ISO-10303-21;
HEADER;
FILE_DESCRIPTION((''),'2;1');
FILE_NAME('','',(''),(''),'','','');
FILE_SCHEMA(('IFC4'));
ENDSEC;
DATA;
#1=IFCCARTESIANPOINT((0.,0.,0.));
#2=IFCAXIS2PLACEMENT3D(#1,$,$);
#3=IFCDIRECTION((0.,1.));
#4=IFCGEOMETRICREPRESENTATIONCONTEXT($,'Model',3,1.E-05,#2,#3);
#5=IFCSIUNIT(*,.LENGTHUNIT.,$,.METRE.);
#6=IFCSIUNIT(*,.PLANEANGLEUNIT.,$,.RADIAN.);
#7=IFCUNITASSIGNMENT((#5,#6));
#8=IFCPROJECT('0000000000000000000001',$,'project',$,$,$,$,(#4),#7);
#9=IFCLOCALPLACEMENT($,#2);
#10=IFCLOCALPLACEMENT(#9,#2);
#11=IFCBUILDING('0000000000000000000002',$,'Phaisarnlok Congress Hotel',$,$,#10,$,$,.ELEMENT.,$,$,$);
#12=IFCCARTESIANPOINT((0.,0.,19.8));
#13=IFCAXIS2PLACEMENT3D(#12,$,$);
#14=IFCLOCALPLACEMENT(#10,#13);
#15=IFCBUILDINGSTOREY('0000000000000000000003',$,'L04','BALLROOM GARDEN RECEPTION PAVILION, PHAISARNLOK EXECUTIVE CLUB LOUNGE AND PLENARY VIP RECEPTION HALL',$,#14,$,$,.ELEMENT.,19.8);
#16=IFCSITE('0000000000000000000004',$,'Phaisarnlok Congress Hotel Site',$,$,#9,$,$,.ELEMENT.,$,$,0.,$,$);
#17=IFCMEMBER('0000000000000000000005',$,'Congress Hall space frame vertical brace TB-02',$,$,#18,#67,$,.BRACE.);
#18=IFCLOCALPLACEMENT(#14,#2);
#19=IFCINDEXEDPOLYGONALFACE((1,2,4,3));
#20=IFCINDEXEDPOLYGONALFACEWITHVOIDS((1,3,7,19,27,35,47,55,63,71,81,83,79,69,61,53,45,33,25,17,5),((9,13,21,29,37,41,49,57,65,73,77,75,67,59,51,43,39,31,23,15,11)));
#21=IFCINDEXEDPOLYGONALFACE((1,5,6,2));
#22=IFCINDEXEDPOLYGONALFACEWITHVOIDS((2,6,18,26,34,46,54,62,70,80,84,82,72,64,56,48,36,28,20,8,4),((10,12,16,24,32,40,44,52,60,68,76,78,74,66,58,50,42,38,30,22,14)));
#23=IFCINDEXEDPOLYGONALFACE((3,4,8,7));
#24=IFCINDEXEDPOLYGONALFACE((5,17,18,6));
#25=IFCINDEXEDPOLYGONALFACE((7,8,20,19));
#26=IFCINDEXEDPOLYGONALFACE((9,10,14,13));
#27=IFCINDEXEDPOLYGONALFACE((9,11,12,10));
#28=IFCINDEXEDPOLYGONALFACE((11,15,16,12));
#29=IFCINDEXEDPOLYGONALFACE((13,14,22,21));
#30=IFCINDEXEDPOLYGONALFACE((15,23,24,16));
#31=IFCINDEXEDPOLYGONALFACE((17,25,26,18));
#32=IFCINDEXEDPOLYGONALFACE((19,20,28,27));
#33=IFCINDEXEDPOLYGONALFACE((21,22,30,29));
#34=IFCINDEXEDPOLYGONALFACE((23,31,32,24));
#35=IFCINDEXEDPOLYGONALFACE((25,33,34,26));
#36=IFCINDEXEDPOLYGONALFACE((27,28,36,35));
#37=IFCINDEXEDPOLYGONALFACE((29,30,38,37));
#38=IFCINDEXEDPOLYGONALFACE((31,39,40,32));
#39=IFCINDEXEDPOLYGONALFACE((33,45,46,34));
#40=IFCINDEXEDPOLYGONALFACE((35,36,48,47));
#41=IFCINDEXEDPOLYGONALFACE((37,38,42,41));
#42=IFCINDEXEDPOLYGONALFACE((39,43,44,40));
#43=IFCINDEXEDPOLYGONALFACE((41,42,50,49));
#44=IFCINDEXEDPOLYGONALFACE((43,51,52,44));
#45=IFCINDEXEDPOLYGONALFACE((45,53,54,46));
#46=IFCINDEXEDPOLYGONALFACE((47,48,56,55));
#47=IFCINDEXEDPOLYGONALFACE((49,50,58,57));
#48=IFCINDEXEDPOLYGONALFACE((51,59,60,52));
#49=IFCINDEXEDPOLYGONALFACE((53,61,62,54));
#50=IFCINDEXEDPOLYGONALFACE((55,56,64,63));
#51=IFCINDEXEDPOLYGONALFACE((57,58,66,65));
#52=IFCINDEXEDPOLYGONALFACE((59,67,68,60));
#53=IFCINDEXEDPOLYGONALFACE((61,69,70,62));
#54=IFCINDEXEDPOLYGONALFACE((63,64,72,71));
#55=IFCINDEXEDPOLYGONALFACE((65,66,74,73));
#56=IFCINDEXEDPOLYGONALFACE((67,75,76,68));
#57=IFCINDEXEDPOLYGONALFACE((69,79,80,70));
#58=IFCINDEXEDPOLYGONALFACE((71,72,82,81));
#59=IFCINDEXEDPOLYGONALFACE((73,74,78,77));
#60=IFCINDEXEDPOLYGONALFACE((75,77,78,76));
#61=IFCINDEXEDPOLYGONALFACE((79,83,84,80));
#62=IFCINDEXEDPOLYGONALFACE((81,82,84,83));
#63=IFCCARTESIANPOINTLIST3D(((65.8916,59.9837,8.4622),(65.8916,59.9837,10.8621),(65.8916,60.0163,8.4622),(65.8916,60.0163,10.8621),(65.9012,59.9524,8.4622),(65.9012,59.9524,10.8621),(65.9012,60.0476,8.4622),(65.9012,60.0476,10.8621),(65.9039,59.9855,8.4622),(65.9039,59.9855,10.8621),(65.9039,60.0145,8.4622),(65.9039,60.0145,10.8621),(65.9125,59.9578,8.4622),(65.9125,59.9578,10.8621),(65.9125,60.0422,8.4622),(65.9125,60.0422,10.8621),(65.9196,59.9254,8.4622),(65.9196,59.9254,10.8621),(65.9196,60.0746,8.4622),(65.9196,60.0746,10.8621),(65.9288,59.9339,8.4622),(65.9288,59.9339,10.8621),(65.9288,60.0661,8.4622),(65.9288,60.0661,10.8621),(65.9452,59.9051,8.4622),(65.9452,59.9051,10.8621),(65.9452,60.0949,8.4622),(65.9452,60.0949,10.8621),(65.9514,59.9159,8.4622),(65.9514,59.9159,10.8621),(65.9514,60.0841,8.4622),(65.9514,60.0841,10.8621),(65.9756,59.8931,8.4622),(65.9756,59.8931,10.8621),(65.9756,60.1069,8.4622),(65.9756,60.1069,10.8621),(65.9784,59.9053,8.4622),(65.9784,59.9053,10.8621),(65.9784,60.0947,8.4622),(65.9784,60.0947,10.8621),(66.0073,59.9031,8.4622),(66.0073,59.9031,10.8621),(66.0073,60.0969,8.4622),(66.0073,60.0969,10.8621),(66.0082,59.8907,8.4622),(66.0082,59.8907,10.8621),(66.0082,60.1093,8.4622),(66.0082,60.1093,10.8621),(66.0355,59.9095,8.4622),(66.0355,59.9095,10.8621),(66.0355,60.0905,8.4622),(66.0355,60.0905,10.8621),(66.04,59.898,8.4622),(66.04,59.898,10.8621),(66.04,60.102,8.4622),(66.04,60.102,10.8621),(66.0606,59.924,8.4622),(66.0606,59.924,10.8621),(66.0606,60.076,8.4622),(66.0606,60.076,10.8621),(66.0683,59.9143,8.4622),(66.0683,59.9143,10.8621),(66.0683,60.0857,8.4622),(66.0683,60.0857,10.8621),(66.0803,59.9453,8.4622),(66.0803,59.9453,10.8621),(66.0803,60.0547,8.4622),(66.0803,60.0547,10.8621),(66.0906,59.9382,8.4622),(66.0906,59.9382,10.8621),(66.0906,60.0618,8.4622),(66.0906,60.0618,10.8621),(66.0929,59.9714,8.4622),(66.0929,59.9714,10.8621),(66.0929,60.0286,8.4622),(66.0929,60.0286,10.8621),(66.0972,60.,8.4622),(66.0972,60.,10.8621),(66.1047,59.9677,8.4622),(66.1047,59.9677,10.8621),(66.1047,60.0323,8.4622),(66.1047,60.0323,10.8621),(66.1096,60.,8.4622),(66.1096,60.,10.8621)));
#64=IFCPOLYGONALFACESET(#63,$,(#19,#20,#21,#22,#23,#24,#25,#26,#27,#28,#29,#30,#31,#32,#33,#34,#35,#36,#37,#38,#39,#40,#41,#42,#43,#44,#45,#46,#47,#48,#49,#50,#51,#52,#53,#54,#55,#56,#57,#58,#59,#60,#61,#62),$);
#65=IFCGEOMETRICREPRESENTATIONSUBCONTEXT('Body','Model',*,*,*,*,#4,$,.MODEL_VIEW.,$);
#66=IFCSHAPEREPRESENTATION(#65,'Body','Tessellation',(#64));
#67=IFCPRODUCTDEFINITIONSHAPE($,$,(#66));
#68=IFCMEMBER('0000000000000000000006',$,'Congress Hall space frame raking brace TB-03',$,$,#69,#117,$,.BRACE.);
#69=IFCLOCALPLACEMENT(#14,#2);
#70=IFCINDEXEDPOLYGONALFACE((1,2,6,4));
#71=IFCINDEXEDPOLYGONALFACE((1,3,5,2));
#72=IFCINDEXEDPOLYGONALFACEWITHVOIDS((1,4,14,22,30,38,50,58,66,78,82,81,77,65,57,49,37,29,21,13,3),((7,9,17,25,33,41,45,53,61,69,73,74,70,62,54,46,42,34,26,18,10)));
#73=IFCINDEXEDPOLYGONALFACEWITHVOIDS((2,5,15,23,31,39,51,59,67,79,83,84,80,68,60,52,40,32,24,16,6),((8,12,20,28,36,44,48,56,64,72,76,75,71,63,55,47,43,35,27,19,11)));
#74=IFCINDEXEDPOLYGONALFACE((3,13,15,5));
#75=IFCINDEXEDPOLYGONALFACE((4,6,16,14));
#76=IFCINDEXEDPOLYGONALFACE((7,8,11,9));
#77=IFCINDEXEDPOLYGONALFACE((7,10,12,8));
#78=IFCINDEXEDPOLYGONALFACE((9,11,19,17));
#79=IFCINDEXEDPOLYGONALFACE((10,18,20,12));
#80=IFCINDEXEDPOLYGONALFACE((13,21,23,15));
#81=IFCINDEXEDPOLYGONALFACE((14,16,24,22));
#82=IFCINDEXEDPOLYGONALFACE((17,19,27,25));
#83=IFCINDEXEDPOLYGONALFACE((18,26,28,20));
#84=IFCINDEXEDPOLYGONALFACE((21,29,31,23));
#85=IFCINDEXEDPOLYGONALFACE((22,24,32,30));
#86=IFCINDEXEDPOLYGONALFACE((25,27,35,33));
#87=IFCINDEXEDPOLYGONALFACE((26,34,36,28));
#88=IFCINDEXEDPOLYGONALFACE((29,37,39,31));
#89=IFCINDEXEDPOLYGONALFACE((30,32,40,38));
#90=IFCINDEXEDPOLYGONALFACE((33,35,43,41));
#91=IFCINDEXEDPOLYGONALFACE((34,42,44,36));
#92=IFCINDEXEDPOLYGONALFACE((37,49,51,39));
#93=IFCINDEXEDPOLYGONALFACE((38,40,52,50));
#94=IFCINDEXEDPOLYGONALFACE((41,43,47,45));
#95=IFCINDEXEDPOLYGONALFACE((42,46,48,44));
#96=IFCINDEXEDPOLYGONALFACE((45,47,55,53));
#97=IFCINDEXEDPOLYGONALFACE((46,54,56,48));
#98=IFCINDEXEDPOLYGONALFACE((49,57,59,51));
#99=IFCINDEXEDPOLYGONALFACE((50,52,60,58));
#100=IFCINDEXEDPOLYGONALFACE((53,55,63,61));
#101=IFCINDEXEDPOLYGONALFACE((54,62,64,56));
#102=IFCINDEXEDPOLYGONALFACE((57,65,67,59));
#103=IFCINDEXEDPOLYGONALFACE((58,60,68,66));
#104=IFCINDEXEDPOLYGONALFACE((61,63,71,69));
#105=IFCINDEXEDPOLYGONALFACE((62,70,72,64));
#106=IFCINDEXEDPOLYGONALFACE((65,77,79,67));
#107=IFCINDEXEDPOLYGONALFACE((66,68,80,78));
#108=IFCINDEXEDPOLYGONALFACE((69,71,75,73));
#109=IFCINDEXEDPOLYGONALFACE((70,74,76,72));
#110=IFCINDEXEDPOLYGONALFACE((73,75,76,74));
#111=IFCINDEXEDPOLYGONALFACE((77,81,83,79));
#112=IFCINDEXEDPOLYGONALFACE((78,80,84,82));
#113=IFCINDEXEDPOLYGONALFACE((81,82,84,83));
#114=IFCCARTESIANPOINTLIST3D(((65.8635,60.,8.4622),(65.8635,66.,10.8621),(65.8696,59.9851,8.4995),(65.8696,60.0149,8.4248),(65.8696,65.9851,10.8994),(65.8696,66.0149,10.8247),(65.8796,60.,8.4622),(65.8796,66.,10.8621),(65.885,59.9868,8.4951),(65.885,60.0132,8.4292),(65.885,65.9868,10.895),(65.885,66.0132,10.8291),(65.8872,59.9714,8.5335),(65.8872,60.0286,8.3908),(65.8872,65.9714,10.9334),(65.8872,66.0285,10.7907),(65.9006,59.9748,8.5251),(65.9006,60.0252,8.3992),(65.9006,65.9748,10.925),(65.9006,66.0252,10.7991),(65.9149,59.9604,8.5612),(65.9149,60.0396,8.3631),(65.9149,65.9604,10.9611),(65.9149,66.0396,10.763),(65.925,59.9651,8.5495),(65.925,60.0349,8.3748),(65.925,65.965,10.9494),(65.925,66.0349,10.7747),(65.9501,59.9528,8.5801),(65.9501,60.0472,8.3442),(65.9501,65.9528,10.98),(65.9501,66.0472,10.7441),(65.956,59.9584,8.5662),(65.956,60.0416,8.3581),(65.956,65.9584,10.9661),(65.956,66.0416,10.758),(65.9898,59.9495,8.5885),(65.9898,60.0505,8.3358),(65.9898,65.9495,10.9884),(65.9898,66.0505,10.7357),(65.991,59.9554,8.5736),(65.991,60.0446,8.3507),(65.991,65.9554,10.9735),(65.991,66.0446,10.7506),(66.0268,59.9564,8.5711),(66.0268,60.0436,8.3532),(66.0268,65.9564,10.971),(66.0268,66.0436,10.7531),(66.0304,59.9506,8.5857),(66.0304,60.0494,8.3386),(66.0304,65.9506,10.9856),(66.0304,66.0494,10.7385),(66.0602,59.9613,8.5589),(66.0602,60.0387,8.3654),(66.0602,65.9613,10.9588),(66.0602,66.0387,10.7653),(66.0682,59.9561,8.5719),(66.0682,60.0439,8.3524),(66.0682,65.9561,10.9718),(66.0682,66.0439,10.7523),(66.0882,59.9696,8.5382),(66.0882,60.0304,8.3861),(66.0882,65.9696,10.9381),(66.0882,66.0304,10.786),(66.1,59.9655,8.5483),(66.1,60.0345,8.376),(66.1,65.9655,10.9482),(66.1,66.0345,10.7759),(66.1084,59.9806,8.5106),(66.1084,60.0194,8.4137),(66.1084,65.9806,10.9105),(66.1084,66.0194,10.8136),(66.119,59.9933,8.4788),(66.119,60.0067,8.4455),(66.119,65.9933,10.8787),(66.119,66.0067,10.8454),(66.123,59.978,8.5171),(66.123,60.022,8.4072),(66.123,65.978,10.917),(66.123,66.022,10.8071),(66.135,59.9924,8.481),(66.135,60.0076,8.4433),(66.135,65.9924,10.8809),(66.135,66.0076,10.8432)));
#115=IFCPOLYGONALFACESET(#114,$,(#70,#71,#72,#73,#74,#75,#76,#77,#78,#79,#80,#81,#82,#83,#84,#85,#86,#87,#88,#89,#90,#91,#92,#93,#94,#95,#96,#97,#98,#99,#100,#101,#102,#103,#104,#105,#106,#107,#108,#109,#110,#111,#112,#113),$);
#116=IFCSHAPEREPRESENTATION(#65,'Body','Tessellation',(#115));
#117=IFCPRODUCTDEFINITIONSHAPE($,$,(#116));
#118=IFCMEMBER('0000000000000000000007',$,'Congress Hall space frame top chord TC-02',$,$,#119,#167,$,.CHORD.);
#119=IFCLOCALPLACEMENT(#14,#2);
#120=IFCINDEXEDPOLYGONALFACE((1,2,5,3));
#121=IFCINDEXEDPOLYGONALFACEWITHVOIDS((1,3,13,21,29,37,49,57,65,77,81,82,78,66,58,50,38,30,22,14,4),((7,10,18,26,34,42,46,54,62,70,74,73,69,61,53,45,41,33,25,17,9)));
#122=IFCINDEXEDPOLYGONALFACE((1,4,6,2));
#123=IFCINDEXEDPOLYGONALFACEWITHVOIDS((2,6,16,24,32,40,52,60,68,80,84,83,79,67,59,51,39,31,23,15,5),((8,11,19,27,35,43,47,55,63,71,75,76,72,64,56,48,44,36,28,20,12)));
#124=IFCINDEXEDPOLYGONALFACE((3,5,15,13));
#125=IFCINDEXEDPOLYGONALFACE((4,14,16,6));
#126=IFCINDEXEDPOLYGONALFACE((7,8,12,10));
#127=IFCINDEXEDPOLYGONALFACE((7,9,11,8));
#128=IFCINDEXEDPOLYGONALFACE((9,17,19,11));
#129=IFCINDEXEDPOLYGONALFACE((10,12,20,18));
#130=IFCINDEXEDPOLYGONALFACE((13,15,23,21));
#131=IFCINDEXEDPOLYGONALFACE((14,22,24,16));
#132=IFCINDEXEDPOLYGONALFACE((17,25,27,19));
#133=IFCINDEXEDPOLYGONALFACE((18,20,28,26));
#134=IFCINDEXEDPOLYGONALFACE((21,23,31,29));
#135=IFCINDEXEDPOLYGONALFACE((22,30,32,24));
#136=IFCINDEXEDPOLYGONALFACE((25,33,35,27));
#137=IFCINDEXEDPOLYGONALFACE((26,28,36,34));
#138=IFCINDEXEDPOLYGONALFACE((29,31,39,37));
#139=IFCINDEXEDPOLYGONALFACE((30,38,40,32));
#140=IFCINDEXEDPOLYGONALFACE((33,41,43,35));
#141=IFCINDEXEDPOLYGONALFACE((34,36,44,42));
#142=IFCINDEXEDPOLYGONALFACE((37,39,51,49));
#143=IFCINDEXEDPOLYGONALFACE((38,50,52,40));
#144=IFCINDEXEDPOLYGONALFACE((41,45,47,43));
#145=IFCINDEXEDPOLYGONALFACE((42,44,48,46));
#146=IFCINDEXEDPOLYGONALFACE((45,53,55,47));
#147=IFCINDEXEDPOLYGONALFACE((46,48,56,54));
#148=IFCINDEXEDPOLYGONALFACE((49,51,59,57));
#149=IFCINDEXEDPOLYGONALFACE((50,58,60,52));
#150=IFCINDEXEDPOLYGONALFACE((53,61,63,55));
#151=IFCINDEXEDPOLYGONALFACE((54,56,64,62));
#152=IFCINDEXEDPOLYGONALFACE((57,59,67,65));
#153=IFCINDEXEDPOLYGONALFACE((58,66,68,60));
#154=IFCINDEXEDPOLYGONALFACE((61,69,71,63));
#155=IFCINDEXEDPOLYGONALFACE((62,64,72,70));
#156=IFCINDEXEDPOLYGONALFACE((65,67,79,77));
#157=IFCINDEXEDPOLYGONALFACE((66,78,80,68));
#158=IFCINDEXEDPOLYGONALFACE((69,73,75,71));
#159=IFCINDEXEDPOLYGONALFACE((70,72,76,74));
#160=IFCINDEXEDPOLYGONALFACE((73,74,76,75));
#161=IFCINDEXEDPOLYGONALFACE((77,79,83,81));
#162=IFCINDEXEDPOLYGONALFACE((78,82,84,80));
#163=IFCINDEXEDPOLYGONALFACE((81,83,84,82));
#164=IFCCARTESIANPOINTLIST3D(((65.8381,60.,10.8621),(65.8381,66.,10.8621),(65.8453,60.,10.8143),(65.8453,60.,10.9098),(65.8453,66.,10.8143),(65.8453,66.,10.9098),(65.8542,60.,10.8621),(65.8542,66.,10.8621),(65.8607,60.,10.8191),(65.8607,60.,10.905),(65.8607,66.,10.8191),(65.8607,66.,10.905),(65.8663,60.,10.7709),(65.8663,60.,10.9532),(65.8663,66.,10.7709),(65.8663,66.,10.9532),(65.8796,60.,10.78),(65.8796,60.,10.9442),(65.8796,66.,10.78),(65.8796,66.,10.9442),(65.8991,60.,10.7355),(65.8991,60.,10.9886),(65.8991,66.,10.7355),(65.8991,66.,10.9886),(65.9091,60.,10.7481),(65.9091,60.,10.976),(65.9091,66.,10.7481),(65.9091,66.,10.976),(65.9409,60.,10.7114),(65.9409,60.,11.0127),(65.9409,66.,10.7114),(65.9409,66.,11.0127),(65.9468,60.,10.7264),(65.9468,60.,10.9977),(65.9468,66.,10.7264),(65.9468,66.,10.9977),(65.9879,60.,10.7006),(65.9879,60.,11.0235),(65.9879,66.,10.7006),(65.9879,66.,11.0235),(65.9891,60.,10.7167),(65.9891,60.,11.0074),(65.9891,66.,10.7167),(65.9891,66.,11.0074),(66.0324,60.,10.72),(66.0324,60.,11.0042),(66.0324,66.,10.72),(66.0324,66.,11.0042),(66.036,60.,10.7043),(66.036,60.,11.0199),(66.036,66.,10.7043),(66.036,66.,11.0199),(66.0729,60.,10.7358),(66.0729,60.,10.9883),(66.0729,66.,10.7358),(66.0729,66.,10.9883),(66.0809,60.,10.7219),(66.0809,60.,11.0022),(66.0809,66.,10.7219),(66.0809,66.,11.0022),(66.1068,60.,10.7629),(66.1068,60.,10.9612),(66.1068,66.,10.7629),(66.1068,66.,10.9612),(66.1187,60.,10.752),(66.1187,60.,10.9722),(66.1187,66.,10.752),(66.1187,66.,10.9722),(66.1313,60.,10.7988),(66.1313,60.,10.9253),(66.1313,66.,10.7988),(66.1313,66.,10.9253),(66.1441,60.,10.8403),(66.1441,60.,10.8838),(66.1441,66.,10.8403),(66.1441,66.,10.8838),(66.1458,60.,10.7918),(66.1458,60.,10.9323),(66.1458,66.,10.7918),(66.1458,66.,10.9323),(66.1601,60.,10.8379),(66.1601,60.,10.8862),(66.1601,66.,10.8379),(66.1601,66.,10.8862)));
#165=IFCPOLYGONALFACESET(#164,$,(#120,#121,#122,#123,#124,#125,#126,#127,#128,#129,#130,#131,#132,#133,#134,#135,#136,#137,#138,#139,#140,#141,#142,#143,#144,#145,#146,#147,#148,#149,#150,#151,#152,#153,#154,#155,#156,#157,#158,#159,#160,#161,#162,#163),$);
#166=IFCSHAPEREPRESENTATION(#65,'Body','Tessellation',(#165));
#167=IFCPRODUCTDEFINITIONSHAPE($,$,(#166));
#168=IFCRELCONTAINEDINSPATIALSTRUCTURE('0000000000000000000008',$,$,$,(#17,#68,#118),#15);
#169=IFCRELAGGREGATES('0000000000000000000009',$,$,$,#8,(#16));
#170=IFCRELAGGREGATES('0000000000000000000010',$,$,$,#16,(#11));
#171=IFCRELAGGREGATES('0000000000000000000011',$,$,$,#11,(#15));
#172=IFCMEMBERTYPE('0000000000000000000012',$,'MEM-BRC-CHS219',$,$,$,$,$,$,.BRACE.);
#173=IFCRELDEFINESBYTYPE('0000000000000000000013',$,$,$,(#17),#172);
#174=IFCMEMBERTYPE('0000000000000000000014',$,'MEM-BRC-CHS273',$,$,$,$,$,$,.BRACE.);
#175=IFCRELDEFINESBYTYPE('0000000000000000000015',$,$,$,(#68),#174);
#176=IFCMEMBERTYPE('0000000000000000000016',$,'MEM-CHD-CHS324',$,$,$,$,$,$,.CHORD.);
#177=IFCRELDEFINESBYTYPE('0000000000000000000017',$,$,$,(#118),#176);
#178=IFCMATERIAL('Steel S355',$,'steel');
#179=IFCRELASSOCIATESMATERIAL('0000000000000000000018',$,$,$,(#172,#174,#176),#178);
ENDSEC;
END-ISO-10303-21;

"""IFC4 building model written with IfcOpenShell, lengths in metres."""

from ifc_helpers import new_model, si_unit, direction, frame, origin, origin_2d, place, context, subcontext, project, spatial, hollow_circle, extrude, material, material_profile, profile_set, type_object, element, save


model = new_model("IFC4")

# Units and contexts
model_context = context("Model", 3, precision=1e-05, world=origin(), true_north=direction((0.0, 1.0)))
body_context = subcontext(model_context, "Body", "Model", "MODEL_VIEW")
ifc_project = project(units=[si_unit("LENGTHUNIT", "METRE"), si_unit("PLANEANGLEUNIT", "RADIAN")], contexts=[model_context])

# Site, building, storey
site_placement = place(None, origin())
site = spatial("IfcSite", under=ifc_project, at=site_placement, Name="Phaisarnlok Congress Hotel Site", CompositionType="ELEMENT", RefElevation=0.0)
building_placement = place(site_placement, origin())
building = spatial("IfcBuilding", under=site, at=building_placement, Name="Phaisarnlok Congress Hotel", CompositionType="ELEMENT")
storey_placement = place(building_placement, frame((0.0, 0.0, 19.8)))
storey = spatial("IfcBuildingStorey", under=building, at=storey_placement, Name="L04", Description="BALLROOM GARDEN RECEPTION PAVILION, PHAISARNLOK EXECUTIVE CLUB LOUNGE AND PLENARY VIP RECEPTION HALL", CompositionType="ELEMENT", Elevation=19.8)

# Members
ifc_material = material(Name="Steel S355", Category="steel")
ifc_material_profile_1 = material_profile(ifc_material, hollow_circle(Radius=0.1096, WallThickness=0.0125, at=origin_2d()), Name="CHS 219.1x12.5")
ifc_profile_set_1 = profile_set([ifc_material_profile_1], Name="Steel S355")
member_type_1 = type_object("IfcMemberType", Name="MEM-BRC-CHS219", PredefinedType="BRACE", material=ifc_profile_set_1)
member_1_placement = place(storey_placement, frame((66.0, 60.0, 8.4622), z_axis=(0.0, 0.0, 1.0), x_axis=(1.0, 0.0, 0.0)))
element("IfcMember", 1, at=member_1_placement, inside=storey, type_object=member_type_1, Name="Congress Hall space frame vertical brace TB-02", PredefinedType="BRACE", context=body_context, shape_type="SweptSolid", body=[
    extrude(hollow_circle(Radius=0.1096, WallThickness=0.0125, at=origin_2d()), origin(), (0.0, 0.0, 1.0), 2.3999),
])
ifc_material_profile_2 = material_profile(ifc_material, hollow_circle(Radius=0.1365, WallThickness=0.0161, at=origin_2d()), Name="CHS 273x16")
ifc_profile_set_2 = profile_set([ifc_material_profile_2], Name="Steel S355")
member_type_2 = type_object("IfcMemberType", Name="MEM-BRC-CHS273", PredefinedType="BRACE", material=ifc_profile_set_2)
member_2_placement = place(storey_placement, frame((66.0, 60.0, 8.4622), z_axis=(0.0, 0.928482, 0.371378), x_axis=(-1.0, 0.0, 0.0)))
element("IfcMember", 2, at=member_2_placement, inside=storey, type_object=member_type_2, Name="Congress Hall space frame raking brace TB-03", PredefinedType="BRACE", context=body_context, shape_type="SweptSolid", body=[
    extrude(hollow_circle(Radius=0.1365, WallThickness=0.0161, at=origin_2d()), origin(), (0.0, 0.0, 1.0), 6.4622),
])
ifc_material_profile_3 = material_profile(ifc_material, hollow_circle(Radius=0.1619, WallThickness=0.0161, at=origin_2d()), Name="CHS 323.9x16")
ifc_profile_set_3 = profile_set([ifc_material_profile_3], Name="Steel S355")
member_type_3 = type_object("IfcMemberType", Name="MEM-CHD-CHS324", PredefinedType="CHORD", material=ifc_profile_set_3)
member_3_placement = place(storey_placement, frame((66.0, 60.0, 10.8621), z_axis=(0.0, 1.0, 0.0), x_axis=(-1.0, 0.0, 0.0)))
element("IfcMember", 3, at=member_3_placement, inside=storey, type_object=member_type_3, Name="Congress Hall space frame top chord TC-02", PredefinedType="CHORD", context=body_context, shape_type="SweptSolid", body=[
    extrude(hollow_circle(Radius=0.1619, WallThickness=0.0161, at=origin_2d()), origin(), (0.0, 0.0, 1.0), 6.0),
])

save(model, "model.ifc")
